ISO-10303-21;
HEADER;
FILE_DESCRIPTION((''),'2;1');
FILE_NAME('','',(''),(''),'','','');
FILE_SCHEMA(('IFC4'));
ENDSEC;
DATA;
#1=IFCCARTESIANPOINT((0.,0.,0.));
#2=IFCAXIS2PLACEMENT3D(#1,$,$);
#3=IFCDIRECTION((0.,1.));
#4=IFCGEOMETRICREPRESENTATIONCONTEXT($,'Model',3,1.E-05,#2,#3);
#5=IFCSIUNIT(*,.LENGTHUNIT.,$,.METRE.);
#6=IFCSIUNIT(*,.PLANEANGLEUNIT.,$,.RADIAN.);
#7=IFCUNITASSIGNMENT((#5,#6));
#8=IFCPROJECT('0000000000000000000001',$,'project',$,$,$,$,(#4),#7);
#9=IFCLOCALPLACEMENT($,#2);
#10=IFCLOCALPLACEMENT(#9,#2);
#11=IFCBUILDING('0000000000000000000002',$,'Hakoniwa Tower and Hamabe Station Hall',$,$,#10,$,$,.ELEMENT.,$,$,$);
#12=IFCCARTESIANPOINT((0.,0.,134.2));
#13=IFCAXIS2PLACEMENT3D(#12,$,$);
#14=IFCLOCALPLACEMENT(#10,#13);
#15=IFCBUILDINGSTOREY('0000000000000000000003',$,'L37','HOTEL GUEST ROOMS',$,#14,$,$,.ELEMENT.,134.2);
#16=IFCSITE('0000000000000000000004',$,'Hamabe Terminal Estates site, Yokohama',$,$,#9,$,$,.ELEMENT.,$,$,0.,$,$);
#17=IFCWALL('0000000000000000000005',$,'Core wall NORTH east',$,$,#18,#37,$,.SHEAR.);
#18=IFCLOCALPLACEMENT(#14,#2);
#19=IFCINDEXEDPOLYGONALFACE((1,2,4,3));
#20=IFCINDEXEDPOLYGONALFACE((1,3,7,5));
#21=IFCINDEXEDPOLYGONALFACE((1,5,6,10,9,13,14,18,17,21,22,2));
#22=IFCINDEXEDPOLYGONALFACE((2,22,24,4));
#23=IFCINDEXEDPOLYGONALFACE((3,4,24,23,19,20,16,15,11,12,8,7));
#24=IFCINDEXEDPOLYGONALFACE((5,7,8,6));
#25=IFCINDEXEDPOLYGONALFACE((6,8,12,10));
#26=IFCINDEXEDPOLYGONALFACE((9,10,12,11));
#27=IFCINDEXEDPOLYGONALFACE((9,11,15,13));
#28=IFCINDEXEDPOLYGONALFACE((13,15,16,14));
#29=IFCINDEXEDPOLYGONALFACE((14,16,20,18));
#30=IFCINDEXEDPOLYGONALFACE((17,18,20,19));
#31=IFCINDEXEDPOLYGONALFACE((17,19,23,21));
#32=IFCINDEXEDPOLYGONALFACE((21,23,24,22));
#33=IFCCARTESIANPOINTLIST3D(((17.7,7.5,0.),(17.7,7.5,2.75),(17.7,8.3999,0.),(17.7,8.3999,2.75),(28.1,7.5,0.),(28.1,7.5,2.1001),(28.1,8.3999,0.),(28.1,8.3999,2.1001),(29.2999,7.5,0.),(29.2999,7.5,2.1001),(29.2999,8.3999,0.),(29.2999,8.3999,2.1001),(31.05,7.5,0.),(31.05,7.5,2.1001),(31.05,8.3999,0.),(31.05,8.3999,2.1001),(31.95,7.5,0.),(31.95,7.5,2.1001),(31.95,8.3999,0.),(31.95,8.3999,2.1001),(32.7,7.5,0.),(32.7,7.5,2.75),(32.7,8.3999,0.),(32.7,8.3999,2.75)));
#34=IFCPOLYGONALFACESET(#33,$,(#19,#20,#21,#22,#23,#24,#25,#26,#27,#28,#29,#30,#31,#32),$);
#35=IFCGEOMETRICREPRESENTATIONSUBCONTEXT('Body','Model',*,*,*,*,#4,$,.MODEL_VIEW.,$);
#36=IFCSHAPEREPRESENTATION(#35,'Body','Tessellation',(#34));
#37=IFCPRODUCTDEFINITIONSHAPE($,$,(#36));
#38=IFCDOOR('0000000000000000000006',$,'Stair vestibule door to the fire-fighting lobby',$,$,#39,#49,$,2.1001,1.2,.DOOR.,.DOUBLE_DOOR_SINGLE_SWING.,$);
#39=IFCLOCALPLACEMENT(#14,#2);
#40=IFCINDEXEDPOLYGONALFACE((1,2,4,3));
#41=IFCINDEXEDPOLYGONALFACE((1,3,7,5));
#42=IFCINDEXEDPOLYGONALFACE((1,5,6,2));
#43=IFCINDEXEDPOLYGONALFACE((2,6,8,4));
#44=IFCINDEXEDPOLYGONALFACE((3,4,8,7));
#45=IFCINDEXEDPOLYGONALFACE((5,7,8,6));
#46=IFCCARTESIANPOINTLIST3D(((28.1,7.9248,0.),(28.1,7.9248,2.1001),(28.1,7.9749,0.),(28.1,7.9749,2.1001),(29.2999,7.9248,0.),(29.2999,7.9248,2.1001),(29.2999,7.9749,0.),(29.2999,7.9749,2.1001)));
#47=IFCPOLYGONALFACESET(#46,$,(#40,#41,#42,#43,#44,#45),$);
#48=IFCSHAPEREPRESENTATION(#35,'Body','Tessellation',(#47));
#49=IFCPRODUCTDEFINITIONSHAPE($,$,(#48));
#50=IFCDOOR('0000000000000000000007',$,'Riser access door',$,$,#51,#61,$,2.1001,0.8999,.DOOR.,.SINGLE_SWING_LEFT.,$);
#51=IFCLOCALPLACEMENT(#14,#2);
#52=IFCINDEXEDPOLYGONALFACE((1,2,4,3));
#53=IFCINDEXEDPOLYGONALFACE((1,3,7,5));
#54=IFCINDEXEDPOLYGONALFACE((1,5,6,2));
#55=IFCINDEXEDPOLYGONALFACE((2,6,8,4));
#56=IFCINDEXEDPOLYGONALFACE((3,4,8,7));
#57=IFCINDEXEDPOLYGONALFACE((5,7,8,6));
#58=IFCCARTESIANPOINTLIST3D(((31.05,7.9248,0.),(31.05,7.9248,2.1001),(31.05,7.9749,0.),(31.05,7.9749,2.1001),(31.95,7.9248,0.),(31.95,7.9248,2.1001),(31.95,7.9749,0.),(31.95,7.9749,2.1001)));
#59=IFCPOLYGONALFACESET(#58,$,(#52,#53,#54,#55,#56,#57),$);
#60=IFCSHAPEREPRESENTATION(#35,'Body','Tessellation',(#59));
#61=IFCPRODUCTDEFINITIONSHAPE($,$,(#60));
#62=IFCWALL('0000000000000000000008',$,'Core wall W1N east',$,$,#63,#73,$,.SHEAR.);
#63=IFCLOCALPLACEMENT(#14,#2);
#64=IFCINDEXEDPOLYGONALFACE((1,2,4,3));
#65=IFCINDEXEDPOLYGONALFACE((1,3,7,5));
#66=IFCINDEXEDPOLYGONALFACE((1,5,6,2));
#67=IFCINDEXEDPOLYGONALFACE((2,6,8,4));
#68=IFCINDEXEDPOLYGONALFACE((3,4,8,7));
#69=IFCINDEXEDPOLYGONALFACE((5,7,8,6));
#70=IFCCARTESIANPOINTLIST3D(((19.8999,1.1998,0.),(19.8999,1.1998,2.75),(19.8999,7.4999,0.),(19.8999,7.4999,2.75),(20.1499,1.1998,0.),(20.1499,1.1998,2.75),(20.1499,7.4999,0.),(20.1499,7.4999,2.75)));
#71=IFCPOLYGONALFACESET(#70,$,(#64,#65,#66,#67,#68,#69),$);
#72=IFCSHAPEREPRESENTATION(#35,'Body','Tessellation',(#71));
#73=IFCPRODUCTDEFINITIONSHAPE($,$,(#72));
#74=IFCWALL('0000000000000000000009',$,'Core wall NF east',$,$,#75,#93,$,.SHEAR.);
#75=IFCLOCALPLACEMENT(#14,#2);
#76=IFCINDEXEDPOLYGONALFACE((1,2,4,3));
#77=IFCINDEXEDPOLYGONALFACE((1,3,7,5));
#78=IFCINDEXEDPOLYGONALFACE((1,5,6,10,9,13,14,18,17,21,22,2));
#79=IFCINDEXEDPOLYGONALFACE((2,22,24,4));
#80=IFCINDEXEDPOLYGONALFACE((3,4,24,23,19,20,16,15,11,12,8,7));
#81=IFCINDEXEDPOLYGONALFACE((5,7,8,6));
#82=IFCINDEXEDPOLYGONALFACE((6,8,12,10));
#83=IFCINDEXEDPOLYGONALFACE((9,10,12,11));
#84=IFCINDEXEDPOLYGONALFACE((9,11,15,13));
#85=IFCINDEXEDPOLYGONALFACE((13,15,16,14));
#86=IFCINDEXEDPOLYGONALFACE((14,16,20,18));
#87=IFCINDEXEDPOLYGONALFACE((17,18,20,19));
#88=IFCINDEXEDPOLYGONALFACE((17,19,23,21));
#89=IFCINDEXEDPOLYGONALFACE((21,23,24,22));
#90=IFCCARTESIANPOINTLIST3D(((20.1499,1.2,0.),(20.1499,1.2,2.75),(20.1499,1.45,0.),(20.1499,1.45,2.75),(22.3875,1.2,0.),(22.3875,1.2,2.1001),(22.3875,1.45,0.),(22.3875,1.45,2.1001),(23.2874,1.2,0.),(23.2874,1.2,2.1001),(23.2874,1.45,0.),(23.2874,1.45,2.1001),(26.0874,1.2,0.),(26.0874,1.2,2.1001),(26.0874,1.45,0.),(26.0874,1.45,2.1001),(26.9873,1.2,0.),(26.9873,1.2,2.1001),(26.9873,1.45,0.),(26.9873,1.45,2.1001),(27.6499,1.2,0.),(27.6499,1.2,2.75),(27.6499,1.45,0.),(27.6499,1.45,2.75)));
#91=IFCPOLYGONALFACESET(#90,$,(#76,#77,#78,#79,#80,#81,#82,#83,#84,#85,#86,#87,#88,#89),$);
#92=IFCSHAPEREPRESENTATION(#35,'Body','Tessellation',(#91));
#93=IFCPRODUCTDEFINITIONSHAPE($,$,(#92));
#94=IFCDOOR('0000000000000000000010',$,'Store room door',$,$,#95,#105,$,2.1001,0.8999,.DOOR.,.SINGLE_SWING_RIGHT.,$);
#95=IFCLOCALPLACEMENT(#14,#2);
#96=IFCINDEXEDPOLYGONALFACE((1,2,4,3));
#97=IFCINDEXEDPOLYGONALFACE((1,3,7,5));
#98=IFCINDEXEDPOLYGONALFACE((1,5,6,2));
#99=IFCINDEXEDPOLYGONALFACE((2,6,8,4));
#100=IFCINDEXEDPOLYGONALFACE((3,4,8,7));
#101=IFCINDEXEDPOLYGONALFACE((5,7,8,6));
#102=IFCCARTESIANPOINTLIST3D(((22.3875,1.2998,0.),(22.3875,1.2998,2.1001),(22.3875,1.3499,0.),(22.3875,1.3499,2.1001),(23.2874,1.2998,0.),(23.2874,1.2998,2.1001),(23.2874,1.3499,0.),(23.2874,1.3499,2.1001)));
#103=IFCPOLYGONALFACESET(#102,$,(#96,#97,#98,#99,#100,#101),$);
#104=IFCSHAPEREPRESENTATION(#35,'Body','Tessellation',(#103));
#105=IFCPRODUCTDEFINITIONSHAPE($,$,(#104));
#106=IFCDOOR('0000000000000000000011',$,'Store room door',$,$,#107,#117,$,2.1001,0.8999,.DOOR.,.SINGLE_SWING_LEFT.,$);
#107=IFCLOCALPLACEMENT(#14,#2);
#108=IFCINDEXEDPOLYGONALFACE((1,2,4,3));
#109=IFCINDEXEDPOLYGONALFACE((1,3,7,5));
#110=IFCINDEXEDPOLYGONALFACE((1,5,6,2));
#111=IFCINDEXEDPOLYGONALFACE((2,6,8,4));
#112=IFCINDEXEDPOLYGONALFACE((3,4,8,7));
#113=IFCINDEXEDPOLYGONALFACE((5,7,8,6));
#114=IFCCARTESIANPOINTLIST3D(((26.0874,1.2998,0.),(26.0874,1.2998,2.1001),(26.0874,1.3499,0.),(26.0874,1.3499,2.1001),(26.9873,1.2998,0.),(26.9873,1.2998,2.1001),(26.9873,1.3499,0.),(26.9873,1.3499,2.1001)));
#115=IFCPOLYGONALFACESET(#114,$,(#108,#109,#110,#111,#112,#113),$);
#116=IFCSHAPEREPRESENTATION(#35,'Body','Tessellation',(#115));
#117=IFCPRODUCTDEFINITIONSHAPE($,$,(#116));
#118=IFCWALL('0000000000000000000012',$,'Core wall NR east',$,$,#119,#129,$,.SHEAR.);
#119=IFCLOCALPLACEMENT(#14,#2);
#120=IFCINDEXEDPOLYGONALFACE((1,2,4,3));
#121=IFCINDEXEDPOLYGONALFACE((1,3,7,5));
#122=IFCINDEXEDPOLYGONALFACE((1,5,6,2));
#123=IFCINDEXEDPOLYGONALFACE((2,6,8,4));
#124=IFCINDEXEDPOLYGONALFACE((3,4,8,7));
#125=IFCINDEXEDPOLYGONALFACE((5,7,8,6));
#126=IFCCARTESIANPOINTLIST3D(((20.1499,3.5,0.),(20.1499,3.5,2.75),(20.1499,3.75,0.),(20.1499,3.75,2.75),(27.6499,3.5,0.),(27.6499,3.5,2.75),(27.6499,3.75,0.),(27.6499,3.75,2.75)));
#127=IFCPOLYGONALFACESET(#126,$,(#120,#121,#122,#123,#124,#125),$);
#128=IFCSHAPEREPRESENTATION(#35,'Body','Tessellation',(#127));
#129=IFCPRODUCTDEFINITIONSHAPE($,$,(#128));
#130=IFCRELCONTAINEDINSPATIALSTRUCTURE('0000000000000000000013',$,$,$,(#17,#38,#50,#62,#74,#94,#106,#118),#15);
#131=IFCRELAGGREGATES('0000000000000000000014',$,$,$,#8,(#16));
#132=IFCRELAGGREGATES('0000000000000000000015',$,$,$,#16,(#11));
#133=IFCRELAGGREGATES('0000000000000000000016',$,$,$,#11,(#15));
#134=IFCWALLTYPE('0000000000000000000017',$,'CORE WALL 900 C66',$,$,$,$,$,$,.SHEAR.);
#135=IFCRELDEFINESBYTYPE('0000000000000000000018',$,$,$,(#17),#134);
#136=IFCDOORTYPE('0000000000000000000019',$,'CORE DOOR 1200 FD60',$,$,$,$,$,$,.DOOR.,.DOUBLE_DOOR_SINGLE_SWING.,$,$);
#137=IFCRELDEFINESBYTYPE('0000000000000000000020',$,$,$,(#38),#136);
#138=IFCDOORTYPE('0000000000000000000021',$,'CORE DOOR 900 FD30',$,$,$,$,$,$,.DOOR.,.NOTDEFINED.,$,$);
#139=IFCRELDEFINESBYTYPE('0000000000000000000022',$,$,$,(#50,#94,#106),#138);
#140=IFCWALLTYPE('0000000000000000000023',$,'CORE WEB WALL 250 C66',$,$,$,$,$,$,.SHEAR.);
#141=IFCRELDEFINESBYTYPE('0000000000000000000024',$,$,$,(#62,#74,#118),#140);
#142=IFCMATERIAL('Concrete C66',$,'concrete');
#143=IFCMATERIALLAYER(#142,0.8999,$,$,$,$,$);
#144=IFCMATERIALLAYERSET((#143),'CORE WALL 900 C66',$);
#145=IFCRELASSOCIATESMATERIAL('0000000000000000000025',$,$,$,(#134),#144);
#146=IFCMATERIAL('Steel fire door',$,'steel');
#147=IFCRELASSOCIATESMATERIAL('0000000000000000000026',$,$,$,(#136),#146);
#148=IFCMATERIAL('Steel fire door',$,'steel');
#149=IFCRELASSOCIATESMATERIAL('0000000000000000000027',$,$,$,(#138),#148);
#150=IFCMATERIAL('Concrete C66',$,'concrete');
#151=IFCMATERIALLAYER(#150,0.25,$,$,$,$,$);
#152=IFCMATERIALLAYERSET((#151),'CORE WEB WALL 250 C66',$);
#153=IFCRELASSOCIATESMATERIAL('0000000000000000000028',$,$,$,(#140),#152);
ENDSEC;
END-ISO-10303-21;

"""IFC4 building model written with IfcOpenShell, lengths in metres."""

from ifc_helpers import new_model, si_unit, direction, frame, frame_2d, origin, place, context, subcontext, project, spatial, rectangle, extrude, material, layer, layer_set, type_object, element, fill, save


model = new_model("IFC4")

# Units and contexts
model_context = context("Model", 3, precision=1e-05, world=origin(), true_north=direction((0.0, 1.0)))
body_context = subcontext(model_context, "Body", "Model", "MODEL_VIEW")
ifc_project = project(units=[si_unit("LENGTHUNIT", "METRE"), si_unit("PLANEANGLEUNIT", "RADIAN")], contexts=[model_context])

# Site, building, storey
site_placement = place(None, origin())
site = spatial("IfcSite", under=ifc_project, at=site_placement, Name="Hamabe Terminal Estates site, Yokohama", CompositionType="ELEMENT", RefElevation=0.0)
building_placement = place(site_placement, origin())
building = spatial("IfcBuilding", under=site, at=building_placement, Name="Hakoniwa Tower and Hamabe Station Hall", CompositionType="ELEMENT")
storey_placement = place(building_placement, frame((0.0, 0.0, 134.2)))
storey = spatial("IfcBuildingStorey", under=building, at=storey_placement, Name="L37", Description="HOTEL GUEST ROOMS", CompositionType="ELEMENT", Elevation=134.2)

# Wall, openings, doors
ifc_material_1 = material(Name="Concrete C66", Category="concrete")
ifc_layer_1 = layer(ifc_material_1, 0.8999)
ifc_layer_set_1 = layer_set([ifc_layer_1], Name="CORE WALL 900 C66")
wall_type_1 = type_object("IfcWallType", Name="CORE WALL 900 C66", PredefinedType="SHEAR", material=ifc_layer_set_1)
wall_1_placement = place(storey_placement, frame((17.7, 7.95, 0.0), z_axis=(0.0, 0.0, 1.0), x_axis=(1.0, 0.0, 0.0)))
wall_1 = element("IfcWall", 1, at=wall_1_placement, inside=storey, type_object=wall_type_1, Name="Core wall NORTH east", PredefinedType="SHEAR", context=body_context, shape_type="SweptSolid", body=[
    extrude(rectangle(XDim=15.0, YDim=0.8999, at=frame_2d((7.5, 0.0))), origin(), (0.0, 0.0, 1.0), 2.75),
])
opening_1_placement = place(wall_1_placement, frame((10.3999, 0.0, 0.0)))
opening_1 = element("IfcOpeningElement", 2, at=opening_1_placement, cuts=wall_1, PredefinedType="OPENING", context=body_context, shape_type="SweptSolid", body=[
    extrude(rectangle(XDim=1.2, YDim=2.1001, at=frame_2d((0.6001, 1.05))), frame((0.0, 0.46, 0.0), z_axis=(0.0, -1.0, 0.0), x_axis=(1.0, 0.0, 0.0)), (0.0, 0.0, 1.0), 0.9199),
])
opening_2_placement = place(wall_1_placement, frame((13.3501, 0.0, 0.0)))
opening_2 = element("IfcOpeningElement", 3, at=opening_2_placement, cuts=wall_1, PredefinedType="OPENING", context=body_context, shape_type="SweptSolid", body=[
    extrude(rectangle(XDim=0.8999, YDim=2.1001, at=frame_2d((0.45, 1.05))), frame((0.0, 0.46, 0.0), z_axis=(0.0, -1.0, 0.0), x_axis=(1.0, 0.0, 0.0)), (0.0, 0.0, 1.0), 0.9199),
])
ifc_material_2 = material(Name="Steel fire door", Category="steel")
door_type_1 = type_object("IfcDoorType", Name="CORE DOOR 1200 FD60", OperationType="DOUBLE_DOOR_SINGLE_SWING", PredefinedType="DOOR", material=ifc_material_2)
door_1_placement = place(opening_1_placement, origin())
door_1 = element("IfcDoor", 4, at=door_1_placement, inside=storey, type_object=door_type_1, Name="Stair vestibule door to the fire-fighting lobby", OperationType="DOUBLE_DOOR_SINGLE_SWING", OverallHeight=2.1001, OverallWidth=1.2, PredefinedType="DOOR", context=body_context, shape_type="SweptSolid", body=[
    extrude(rectangle(XDim=1.2, YDim=2.1001, at=frame_2d((0.6001, 1.05))), frame((0.0, 0.0249, 0.0), z_axis=(0.0, -1.0, 0.0), x_axis=(1.0, 0.0, 0.0)), (0.0, 0.0, 1.0), 0.05),
])
fill(opening_1, door_1)
ifc_material_3 = material(Name="Steel fire door", Category="steel")
door_type_2 = type_object("IfcDoorType", Name="CORE DOOR 900 FD30", OperationType="NOTDEFINED", PredefinedType="DOOR", material=ifc_material_3)
door_2_placement = place(opening_2_placement, origin())
door_2 = element("IfcDoor", 5, at=door_2_placement, inside=storey, type_object=door_type_2, Name="Riser access door", OperationType="SINGLE_SWING_LEFT", OverallHeight=2.1001, OverallWidth=0.8999, PredefinedType="DOOR", context=body_context, shape_type="SweptSolid", body=[
    extrude(rectangle(XDim=0.8999, YDim=2.1001, at=frame_2d((0.45, 1.05))), frame((0.0, 0.0249, 0.0), z_axis=(0.0, -1.0, 0.0), x_axis=(1.0, 0.0, 0.0)), (0.0, 0.0, 1.0), 0.05),
])
fill(opening_2, door_2)

# Wall
ifc_material_4 = material(Name="Concrete C66", Category="concrete")
ifc_layer_2 = layer(ifc_material_4, 0.25)
ifc_layer_set_2 = layer_set([ifc_layer_2], Name="CORE WEB WALL 250 C66")
wall_type_2 = type_object("IfcWallType", Name="CORE WEB WALL 250 C66", PredefinedType="SHEAR", material=ifc_layer_set_2)
wall_2_placement = place(storey_placement, frame((20.0249, 1.2, 0.0), z_axis=(0.0, 0.0, 1.0), x_axis=(0.0, 1.0, 0.0)))
element("IfcWall", 6, at=wall_2_placement, inside=storey, type_object=wall_type_2, Name="Core wall W1N east", PredefinedType="SHEAR", context=body_context, shape_type="SweptSolid", body=[
    extrude(rectangle(XDim=6.3, YDim=0.25, at=frame_2d((3.1499, 0.0))), origin(), (0.0, 0.0, 1.0), 2.75),
])

# Wall, openings, doors
wall_3_placement = place(storey_placement, frame((20.1499, 1.325, 0.0), z_axis=(0.0, 0.0, 1.0), x_axis=(1.0, 0.0, 0.0)))
wall_3 = element("IfcWall", 7, at=wall_3_placement, inside=storey, type_object=wall_type_2, Name="Core wall NF east", PredefinedType="SHEAR", context=body_context, shape_type="SweptSolid", body=[
    extrude(rectangle(XDim=7.5, YDim=0.25, at=frame_2d((3.75, 0.0))), origin(), (0.0, 0.0, 1.0), 2.75),
])
opening_3_placement = place(wall_3_placement, frame((2.2375, 0.0, 0.0)))
opening_3 = element("IfcOpeningElement", 8, at=opening_3_placement, cuts=wall_3, PredefinedType="OPENING", context=body_context, shape_type="SweptSolid", body=[
    extrude(rectangle(XDim=0.8999, YDim=2.1001, at=frame_2d((0.45, 1.05))), frame((0.0, 0.135, 0.0), z_axis=(0.0, -1.0, 0.0), x_axis=(1.0, 0.0, 0.0)), (0.0, 0.0, 1.0), 0.27),
])
opening_4_placement = place(wall_3_placement, frame((5.9375, 0.0, 0.0)))
opening_4 = element("IfcOpeningElement", 9, at=opening_4_placement, cuts=wall_3, PredefinedType="OPENING", context=body_context, shape_type="SweptSolid", body=[
    extrude(rectangle(XDim=0.8999, YDim=2.1001, at=frame_2d((0.45, 1.05))), frame((0.0, 0.135, 0.0), z_axis=(0.0, -1.0, 0.0), x_axis=(1.0, 0.0, 0.0)), (0.0, 0.0, 1.0), 0.27),
])
door_3_placement = place(opening_3_placement, origin())
door_3 = element("IfcDoor", 10, at=door_3_placement, inside=storey, type_object=door_type_2, Name="Store room door", OperationType="SINGLE_SWING_RIGHT", OverallHeight=2.1001, OverallWidth=0.8999, PredefinedType="DOOR", context=body_context, shape_type="SweptSolid", body=[
    extrude(rectangle(XDim=0.8999, YDim=2.1001, at=frame_2d((0.45, 1.05))), frame((0.0, 0.0249, 0.0), z_axis=(0.0, -1.0, 0.0), x_axis=(1.0, 0.0, 0.0)), (0.0, 0.0, 1.0), 0.05),
])
fill(opening_3, door_3)
door_4_placement = place(opening_4_placement, origin())
door_4 = element("IfcDoor", 11, at=door_4_placement, inside=storey, type_object=door_type_2, Name="Store room door", OperationType="SINGLE_SWING_LEFT", OverallHeight=2.1001, OverallWidth=0.8999, PredefinedType="DOOR", context=body_context, shape_type="SweptSolid", body=[
    extrude(rectangle(XDim=0.8999, YDim=2.1001, at=frame_2d((0.45, 1.05))), frame((0.0, 0.0249, 0.0), z_axis=(0.0, -1.0, 0.0), x_axis=(1.0, 0.0, 0.0)), (0.0, 0.0, 1.0), 0.05),
])
fill(opening_4, door_4)

# Wall
wall_4_placement = place(storey_placement, frame((20.1499, 3.625, 0.0), z_axis=(0.0, 0.0, 1.0), x_axis=(1.0, 0.0, 0.0)))
element("IfcWall", 12, at=wall_4_placement, inside=storey, type_object=wall_type_2, Name="Core wall NR east", PredefinedType="SHEAR", context=body_context, shape_type="SweptSolid", body=[
    extrude(rectangle(XDim=7.5, YDim=0.25, at=frame_2d((3.75, 0.0))), origin(), (0.0, 0.0, 1.0), 2.75),
])

save(model, "model.ifc")
